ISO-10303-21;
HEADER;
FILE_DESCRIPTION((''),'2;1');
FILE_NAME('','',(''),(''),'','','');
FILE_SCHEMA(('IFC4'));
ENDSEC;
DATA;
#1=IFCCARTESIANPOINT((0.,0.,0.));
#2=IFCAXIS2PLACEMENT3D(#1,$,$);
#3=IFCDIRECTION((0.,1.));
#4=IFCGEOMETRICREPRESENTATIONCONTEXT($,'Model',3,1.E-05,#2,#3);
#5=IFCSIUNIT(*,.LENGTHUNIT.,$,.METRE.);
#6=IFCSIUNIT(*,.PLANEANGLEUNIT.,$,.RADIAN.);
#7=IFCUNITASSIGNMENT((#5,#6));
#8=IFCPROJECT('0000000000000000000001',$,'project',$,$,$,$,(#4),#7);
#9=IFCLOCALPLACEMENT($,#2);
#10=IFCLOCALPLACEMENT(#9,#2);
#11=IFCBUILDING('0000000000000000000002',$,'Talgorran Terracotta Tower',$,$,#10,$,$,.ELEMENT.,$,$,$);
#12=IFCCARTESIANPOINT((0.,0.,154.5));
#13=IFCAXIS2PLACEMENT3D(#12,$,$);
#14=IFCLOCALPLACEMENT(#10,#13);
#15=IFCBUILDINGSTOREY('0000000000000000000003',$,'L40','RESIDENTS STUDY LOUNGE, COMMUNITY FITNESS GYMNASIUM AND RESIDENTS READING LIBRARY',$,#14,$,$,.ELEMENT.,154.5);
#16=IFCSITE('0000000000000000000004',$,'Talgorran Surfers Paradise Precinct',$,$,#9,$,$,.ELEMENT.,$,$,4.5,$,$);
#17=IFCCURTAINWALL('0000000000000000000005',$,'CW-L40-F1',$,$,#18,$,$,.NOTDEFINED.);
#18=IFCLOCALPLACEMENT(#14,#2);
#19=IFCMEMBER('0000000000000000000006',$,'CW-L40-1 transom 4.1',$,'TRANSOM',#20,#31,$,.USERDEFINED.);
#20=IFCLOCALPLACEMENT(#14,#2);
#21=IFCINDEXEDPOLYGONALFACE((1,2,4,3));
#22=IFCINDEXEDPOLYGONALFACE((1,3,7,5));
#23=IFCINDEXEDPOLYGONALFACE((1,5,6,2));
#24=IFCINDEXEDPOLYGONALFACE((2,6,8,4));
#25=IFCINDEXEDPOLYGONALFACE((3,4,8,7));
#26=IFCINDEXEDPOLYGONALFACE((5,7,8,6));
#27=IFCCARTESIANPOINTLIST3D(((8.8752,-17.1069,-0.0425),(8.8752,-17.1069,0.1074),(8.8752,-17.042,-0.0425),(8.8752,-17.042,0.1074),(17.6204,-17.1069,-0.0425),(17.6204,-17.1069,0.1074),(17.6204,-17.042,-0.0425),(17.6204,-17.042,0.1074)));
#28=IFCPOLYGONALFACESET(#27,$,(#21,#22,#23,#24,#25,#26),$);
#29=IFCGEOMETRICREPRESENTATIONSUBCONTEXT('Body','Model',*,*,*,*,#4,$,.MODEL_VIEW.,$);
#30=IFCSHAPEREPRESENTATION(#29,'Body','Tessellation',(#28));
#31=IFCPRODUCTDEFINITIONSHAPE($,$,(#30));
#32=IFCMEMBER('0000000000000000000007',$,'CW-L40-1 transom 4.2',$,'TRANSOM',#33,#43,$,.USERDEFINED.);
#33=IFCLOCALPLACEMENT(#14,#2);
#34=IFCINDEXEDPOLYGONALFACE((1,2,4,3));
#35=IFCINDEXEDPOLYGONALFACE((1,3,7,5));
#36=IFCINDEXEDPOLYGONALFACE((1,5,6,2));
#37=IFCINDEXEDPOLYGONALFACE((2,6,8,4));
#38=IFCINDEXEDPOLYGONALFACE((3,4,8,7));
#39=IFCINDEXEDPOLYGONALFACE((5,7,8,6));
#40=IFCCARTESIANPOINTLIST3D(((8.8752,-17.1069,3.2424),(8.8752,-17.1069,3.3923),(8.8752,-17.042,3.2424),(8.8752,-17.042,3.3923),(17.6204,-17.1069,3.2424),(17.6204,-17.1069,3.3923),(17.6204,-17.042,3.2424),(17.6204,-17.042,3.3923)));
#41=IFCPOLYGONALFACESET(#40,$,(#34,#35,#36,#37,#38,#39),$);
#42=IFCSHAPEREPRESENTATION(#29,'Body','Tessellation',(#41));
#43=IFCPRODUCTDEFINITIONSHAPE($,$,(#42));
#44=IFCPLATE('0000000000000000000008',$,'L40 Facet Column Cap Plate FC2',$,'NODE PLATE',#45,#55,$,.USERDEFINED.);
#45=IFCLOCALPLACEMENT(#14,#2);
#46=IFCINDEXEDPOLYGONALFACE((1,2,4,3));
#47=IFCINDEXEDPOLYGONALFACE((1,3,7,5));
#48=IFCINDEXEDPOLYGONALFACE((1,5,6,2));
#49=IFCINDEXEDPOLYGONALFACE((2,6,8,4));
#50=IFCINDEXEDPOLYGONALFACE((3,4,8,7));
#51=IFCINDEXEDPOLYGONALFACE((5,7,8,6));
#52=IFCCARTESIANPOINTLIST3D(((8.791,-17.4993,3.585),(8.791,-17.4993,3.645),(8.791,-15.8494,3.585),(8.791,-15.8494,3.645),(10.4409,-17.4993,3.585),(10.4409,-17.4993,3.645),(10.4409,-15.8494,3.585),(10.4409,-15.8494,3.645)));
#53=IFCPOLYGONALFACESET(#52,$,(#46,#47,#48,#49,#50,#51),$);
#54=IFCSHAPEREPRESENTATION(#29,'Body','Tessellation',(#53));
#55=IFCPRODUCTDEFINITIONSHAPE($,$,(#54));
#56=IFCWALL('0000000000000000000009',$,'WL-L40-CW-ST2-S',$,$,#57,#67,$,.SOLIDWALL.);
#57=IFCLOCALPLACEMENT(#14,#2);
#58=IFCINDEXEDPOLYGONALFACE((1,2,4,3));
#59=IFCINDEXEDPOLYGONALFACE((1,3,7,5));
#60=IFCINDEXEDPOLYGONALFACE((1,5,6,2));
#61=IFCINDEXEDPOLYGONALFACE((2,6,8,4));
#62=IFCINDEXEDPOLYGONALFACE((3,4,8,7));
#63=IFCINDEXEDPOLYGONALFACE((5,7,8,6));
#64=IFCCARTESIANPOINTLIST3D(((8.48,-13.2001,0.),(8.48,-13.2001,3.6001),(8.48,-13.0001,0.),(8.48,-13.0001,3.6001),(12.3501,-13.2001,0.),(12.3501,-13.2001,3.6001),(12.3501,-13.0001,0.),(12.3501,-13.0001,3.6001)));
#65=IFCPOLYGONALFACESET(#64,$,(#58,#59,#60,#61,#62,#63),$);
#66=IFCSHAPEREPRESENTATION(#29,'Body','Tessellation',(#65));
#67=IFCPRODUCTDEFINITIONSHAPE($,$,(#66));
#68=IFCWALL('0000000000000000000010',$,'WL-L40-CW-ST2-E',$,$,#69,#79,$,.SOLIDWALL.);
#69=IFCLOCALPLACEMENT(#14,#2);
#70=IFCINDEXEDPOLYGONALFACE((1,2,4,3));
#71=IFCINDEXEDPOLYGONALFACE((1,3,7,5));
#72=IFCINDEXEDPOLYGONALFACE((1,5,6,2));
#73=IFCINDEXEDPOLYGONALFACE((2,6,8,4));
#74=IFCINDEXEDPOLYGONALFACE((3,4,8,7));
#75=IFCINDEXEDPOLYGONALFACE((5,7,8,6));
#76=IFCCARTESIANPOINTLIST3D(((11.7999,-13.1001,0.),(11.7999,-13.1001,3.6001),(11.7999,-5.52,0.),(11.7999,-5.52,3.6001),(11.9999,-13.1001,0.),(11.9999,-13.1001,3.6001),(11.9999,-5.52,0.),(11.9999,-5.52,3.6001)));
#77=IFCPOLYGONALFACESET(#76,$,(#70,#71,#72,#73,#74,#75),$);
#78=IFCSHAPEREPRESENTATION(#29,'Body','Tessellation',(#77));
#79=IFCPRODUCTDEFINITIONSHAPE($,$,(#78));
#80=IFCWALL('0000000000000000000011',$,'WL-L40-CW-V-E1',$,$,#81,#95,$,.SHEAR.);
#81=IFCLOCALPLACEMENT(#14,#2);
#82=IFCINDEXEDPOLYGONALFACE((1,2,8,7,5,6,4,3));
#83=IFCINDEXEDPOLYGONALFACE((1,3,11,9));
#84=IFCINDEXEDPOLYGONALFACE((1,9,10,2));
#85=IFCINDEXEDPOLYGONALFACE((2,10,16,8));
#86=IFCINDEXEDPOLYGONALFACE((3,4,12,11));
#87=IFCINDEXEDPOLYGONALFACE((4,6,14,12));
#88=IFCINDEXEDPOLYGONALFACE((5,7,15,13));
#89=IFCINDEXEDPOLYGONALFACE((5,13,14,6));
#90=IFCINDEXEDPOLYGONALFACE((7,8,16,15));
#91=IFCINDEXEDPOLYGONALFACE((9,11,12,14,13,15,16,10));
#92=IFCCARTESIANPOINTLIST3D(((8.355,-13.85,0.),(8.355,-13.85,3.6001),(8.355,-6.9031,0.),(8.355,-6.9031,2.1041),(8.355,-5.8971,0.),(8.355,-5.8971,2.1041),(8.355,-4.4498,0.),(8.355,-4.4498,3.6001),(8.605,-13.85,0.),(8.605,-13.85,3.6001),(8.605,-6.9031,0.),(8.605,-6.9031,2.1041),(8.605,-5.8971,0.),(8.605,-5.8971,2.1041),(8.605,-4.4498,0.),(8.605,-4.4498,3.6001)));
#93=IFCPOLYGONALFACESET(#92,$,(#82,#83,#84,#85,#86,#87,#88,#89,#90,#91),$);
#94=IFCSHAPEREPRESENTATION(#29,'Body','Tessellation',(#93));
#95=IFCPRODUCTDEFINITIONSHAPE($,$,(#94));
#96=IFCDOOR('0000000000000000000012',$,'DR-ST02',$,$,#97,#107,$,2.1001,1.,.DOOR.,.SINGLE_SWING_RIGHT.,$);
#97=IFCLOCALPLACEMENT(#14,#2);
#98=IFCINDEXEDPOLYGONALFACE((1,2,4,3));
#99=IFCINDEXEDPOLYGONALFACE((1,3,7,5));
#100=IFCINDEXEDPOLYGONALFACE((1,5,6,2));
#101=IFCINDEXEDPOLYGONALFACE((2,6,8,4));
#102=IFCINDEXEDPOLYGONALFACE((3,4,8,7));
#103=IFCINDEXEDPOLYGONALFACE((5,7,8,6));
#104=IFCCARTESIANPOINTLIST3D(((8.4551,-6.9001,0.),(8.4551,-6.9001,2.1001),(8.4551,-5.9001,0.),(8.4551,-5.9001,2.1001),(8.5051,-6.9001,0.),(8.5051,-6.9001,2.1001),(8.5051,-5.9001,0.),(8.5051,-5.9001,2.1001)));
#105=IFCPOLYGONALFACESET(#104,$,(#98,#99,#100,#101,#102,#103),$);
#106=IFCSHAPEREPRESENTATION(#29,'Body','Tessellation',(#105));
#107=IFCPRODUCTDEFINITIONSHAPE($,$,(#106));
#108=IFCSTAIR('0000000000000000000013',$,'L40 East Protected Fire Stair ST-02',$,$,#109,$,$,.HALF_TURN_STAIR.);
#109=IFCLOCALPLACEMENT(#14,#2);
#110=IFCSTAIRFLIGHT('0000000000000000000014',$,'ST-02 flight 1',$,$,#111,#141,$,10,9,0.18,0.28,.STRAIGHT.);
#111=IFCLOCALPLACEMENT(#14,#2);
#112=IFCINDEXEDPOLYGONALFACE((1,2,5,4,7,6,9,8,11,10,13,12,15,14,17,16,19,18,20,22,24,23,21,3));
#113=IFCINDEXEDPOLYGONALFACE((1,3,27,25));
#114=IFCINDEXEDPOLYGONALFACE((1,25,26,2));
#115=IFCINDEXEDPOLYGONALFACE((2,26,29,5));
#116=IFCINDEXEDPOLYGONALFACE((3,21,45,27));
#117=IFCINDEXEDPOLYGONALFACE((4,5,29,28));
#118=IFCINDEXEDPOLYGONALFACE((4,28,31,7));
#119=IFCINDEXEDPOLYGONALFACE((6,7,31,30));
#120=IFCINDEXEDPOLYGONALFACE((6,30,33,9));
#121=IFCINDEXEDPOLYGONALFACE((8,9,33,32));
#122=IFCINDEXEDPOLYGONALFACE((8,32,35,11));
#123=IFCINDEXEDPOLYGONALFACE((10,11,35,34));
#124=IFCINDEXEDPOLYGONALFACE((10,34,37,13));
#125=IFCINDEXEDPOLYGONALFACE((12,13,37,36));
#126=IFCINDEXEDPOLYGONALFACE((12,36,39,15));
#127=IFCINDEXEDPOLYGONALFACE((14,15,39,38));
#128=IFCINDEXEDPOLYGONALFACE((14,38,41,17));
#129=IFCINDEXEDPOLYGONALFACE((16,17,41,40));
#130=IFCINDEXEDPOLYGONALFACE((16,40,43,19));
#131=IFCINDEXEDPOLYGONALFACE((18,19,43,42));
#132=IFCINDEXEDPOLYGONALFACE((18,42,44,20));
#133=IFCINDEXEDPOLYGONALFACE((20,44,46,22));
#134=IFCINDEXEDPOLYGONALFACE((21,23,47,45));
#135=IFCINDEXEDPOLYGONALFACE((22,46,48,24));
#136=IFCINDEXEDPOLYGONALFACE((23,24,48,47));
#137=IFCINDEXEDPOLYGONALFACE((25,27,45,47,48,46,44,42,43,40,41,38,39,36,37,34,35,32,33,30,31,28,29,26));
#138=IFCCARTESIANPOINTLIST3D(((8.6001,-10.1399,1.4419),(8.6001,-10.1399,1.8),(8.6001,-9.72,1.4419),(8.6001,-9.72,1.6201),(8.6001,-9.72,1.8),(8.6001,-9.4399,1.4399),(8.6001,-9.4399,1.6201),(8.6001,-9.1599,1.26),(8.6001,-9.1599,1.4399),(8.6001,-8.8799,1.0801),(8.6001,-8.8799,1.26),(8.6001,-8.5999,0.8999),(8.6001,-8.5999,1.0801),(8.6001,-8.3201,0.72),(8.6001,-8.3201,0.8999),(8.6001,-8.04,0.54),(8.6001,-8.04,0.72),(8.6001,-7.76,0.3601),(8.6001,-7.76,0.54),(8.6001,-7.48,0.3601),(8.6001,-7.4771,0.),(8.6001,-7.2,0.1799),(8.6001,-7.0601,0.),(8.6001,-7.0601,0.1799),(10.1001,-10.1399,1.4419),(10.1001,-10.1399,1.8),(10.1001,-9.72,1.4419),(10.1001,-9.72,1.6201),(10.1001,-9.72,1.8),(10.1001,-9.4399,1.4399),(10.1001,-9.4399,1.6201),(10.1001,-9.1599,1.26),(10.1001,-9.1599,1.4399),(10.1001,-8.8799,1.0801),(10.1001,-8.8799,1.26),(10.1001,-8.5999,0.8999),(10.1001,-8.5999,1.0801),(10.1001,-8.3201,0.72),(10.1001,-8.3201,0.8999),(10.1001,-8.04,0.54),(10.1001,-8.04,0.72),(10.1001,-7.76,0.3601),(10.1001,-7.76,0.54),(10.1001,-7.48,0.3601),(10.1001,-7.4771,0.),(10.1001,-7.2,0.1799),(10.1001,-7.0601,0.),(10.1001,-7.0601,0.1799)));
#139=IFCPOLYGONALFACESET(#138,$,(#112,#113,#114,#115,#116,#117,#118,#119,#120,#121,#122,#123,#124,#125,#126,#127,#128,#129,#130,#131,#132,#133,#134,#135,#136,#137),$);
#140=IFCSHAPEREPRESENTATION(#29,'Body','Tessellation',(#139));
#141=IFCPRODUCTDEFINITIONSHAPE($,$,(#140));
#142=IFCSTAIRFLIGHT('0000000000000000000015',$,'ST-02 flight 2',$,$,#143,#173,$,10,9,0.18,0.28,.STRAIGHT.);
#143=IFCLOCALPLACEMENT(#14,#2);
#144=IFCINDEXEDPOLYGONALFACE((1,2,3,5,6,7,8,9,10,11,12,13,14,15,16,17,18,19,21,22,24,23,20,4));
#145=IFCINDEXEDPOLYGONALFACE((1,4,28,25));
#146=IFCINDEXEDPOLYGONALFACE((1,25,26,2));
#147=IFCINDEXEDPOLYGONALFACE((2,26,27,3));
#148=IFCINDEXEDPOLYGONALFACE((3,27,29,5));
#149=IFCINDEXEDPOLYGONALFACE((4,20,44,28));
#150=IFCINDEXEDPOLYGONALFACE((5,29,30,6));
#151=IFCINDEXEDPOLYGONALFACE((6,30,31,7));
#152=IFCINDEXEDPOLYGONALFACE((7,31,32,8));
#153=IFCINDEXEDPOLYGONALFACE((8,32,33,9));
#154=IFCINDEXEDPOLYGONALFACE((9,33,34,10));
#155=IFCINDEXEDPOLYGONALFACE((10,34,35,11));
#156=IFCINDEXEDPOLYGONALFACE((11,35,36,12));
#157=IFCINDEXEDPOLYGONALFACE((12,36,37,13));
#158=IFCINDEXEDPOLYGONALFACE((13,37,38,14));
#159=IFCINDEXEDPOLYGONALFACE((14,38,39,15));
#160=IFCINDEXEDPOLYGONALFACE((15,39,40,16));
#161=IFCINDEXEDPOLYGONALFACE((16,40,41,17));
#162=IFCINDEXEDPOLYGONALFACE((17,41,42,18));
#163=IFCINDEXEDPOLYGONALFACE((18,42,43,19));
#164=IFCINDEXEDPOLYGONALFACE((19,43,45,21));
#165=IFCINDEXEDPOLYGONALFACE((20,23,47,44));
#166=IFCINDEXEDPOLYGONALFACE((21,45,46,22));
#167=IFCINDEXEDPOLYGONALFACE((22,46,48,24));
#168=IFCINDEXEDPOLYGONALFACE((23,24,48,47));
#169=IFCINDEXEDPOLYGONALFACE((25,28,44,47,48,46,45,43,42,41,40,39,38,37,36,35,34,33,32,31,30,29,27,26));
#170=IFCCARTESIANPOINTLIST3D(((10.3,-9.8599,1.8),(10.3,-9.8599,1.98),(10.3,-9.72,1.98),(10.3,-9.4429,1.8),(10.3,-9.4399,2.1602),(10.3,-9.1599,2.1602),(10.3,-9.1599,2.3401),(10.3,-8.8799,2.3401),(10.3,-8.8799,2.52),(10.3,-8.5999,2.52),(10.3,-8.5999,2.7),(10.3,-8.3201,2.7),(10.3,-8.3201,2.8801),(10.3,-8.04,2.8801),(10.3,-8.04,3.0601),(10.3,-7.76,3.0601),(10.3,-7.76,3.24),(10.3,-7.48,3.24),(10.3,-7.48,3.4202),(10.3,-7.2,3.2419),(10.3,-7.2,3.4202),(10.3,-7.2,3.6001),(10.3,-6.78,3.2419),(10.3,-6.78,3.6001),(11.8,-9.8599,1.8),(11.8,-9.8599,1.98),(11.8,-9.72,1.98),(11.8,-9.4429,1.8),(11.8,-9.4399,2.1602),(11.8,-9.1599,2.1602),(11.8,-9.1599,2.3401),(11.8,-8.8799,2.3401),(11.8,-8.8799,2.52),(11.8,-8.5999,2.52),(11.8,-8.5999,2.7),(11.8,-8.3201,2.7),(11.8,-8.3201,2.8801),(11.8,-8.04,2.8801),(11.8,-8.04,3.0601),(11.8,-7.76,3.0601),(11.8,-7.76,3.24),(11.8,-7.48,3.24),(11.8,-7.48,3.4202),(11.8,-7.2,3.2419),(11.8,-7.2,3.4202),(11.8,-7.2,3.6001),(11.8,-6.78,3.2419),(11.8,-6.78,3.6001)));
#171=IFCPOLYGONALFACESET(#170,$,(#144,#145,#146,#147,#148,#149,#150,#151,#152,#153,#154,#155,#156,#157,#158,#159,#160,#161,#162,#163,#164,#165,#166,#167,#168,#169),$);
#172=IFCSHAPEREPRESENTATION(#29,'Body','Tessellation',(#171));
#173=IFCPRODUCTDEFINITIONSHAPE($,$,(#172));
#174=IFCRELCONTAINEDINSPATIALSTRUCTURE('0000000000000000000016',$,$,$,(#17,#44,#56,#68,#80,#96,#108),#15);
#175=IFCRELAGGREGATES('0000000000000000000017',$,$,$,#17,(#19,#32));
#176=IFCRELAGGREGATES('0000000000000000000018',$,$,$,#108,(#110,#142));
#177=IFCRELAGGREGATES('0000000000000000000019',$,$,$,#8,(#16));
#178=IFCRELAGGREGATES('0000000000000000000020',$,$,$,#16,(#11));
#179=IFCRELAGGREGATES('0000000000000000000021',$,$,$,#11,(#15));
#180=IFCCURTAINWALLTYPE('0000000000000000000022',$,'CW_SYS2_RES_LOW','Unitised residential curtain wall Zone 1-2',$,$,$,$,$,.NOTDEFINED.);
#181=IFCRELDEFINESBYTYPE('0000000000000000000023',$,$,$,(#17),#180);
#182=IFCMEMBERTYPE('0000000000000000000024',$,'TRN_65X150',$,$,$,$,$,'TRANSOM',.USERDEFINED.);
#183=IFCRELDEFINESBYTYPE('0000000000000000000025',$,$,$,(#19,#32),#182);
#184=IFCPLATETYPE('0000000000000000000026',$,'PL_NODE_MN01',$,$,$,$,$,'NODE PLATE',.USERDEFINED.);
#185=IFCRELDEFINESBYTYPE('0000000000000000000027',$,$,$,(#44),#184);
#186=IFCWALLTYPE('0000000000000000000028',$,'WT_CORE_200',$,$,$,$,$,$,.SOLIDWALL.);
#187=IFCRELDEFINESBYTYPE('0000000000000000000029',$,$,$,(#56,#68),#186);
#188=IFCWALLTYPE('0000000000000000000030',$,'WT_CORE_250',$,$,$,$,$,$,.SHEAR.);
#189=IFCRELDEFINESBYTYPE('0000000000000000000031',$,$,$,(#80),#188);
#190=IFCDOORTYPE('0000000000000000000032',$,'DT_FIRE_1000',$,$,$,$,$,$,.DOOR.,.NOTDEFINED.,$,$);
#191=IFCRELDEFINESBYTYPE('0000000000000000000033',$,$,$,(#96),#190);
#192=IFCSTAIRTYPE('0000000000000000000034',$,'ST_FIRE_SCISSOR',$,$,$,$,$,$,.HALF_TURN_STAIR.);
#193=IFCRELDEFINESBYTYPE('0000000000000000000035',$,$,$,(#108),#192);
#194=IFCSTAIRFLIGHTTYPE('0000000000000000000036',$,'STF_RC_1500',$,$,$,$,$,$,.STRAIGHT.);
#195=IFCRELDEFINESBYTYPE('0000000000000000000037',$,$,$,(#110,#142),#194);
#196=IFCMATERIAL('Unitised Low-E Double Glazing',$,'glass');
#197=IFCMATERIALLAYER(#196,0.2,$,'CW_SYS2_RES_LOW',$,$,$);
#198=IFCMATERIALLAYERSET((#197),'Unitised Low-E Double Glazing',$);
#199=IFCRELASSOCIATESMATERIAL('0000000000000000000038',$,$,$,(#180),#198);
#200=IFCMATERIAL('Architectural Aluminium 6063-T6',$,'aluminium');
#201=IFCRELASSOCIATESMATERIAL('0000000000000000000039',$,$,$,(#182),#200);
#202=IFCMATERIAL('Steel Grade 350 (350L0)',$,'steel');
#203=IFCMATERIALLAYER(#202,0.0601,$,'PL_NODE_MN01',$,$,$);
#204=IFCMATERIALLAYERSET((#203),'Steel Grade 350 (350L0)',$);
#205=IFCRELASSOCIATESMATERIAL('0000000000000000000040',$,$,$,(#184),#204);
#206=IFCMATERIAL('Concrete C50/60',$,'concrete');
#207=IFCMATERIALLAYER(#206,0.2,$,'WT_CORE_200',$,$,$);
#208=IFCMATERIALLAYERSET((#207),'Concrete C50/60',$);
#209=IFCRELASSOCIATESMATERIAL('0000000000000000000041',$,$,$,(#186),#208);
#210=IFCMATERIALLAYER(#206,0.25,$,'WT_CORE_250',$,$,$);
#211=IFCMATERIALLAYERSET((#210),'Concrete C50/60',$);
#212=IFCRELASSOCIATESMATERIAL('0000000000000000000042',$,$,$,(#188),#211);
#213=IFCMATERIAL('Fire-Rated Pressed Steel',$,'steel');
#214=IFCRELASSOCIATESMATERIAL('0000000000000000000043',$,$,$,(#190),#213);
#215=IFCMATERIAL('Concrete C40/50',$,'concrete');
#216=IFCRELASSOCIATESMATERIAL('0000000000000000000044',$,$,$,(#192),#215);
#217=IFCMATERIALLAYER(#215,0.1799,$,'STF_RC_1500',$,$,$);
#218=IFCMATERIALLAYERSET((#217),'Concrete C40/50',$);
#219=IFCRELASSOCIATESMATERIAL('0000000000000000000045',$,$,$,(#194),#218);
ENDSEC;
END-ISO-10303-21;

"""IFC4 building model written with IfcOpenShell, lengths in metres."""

from ifc_helpers import new_model, si_unit, direction, frame, frame_2d, origin, origin_2d, place, context, subcontext, project, spatial, polyline, rectangle, outline, extrude, material, layer, layer_set, material_profile, profile_set, type_object, element, fill, aggregate, save


model = new_model("IFC4")

# Units and contexts
model_context = context("Model", 3, precision=1e-05, world=origin(), true_north=direction((0.0, 1.0)))
body_context = subcontext(model_context, "Body", "Model", "MODEL_VIEW")
ifc_project = project(units=[si_unit("LENGTHUNIT", "METRE"), si_unit("PLANEANGLEUNIT", "RADIAN")], contexts=[model_context])

# Site, building, storey
site_placement = place(None, origin())
site = spatial("IfcSite", under=ifc_project, at=site_placement, Name="Talgorran Surfers Paradise Precinct", CompositionType="ELEMENT", RefElevation=4.5)
building_placement = place(site_placement, origin())
building = spatial("IfcBuilding", under=site, at=building_placement, Name="Talgorran Terracotta Tower", CompositionType="ELEMENT")
storey_placement = place(building_placement, frame((0.0, 0.0, 154.5)))
storey = spatial("IfcBuildingStorey", under=building, at=storey_placement, Name="L40", Description="RESIDENTS STUDY LOUNGE, COMMUNITY FITNESS GYMNASIUM AND RESIDENTS READING LIBRARY", CompositionType="ELEMENT", Elevation=154.5)

# Shared definitions
ifc_material_1 = material(Name="Steel Grade 350 (350L0)", Category="steel")

# Curtain wall, members
ifc_material_2 = material(Name="Unitised Low-E Double Glazing", Category="glass")
ifc_layer_1 = layer(ifc_material_2, 0.2, Name="CW_SYS2_RES_LOW")
ifc_layer_set_1 = layer_set([ifc_layer_1], Name="Unitised Low-E Double Glazing")
curtain_wall_type = type_object("IfcCurtainWallType", Name="CW_SYS2_RES_LOW", Description="Unitised residential curtain wall Zone 1-2", PredefinedType="NOTDEFINED", material=ifc_layer_set_1)
curtain_wall_placement = place(storey_placement, origin())
curtain_wall = element("IfcCurtainWall", 1, at=curtain_wall_placement, inside=storey, type_object=curtain_wall_type, Name="CW-L40-F1", PredefinedType="NOTDEFINED")
ifc_material_3 = material(Name="Architectural Aluminium 6063-T6", Category="aluminium")
ifc_material_profile_1 = material_profile(ifc_material_3, rectangle(XDim=0.0649, YDim=0.1499, at=origin_2d()), Name="CWT65X150")
ifc_profile_set_1 = profile_set([ifc_material_profile_1], Name="Architectural Aluminium 6063-T6")
member_type_1 = type_object("IfcMemberType", Name="TRN_65X150", ElementType="TRANSOM", PredefinedType="USERDEFINED", material=ifc_profile_set_1)
member_1_placement = place(storey_placement, frame((8.8752, -17.0745, 0.0325), z_axis=(1.0, 0.0, 0.0), x_axis=(0.0, 1.0, 0.0)))
member_1 = element("IfcMember", 2, at=member_1_placement, type_object=member_type_1, Name="CW-L40-1 transom 4.1", ObjectType="TRANSOM", PredefinedType="USERDEFINED", context=body_context, shape_type="SweptSolid", body=[
    extrude(rectangle(XDim=0.0649, YDim=0.1499, at=origin_2d()), origin(), (0.0, 0.0, 1.0), 8.7451),
])
member_2_placement = place(storey_placement, frame((8.8752, -17.0745, 3.3174), z_axis=(1.0, 0.0, 0.0), x_axis=(0.0, 1.0, 0.0)))
member_2 = element("IfcMember", 3, at=member_2_placement, type_object=member_type_1, Name="CW-L40-1 transom 4.2", ObjectType="TRANSOM", PredefinedType="USERDEFINED", context=body_context, shape_type="SweptSolid", body=[
    extrude(rectangle(XDim=0.0649, YDim=0.1499, at=origin_2d()), origin(), (0.0, 0.0, 1.0), 8.7451),
])
aggregate(curtain_wall, [member_1, member_2])

# Plate
ifc_layer_2 = layer(ifc_material_1, 0.0601, Name="PL_NODE_MN01")
ifc_layer_set_2 = layer_set([ifc_layer_2], Name="Steel Grade 350 (350L0)")
plate_type = type_object("IfcPlateType", Name="PL_NODE_MN01", ElementType="NODE PLATE", PredefinedType="USERDEFINED", material=ifc_layer_set_2)
plate_placement = place(storey_placement, frame((9.616, -16.6743, 3.585), z_axis=(0.0, 0.0, 1.0), x_axis=(1.0, 0.0, 0.0)))
element("IfcPlate", 4, at=plate_placement, inside=storey, type_object=plate_type, Name="L40 Facet Column Cap Plate FC2", ObjectType="NODE PLATE", PredefinedType="USERDEFINED", context=body_context, shape_type="SweptSolid", body=[
    extrude(rectangle(XDim=1.6499, YDim=1.6499, at=origin_2d()), origin(), (0.0, 0.0, 1.0), 0.0601),
])

# Walls
ifc_material_4 = material(Name="Concrete C50/60", Category="concrete")
ifc_layer_3 = layer(ifc_material_4, 0.2, Name="WT_CORE_200")
ifc_layer_set_3 = layer_set([ifc_layer_3], Name="Concrete C50/60")
wall_type_1 = type_object("IfcWallType", Name="WT_CORE_200", PredefinedType="SOLIDWALL", material=ifc_layer_set_3)
wall_1_placement = place(storey_placement, frame((8.48, -13.1001, 0.0), z_axis=(0.0, 0.0, 1.0), x_axis=(1.0, 0.0, 0.0)))
element("IfcWall", 5, at=wall_1_placement, inside=storey, type_object=wall_type_1, Name="WL-L40-CW-ST2-S", PredefinedType="SOLIDWALL", context=body_context, shape_type="SweptSolid", body=[
    extrude(rectangle(XDim=3.8701, YDim=0.2, at=frame_2d((1.9351, 0.0))), origin(), (0.0, 0.0, 1.0), 3.6001),
])
wall_2_placement = place(storey_placement, frame((11.8999, -13.1001, 0.0), z_axis=(0.0, 0.0, 1.0), x_axis=(0.0, 1.0, 0.0)))
element("IfcWall", 6, at=wall_2_placement, inside=storey, type_object=wall_type_1, Name="WL-L40-CW-ST2-E", PredefinedType="SOLIDWALL", context=body_context, shape_type="SweptSolid", body=[
    extrude(rectangle(XDim=7.5801, YDim=0.2, at=frame_2d((3.79, 0.0))), origin(), (0.0, 0.0, 1.0), 3.6001),
])

# Wall, opening, door
ifc_layer_4 = layer(ifc_material_4, 0.25, Name="WT_CORE_250")
ifc_layer_set_4 = layer_set([ifc_layer_4], Name="Concrete C50/60")
wall_type_2 = type_object("IfcWallType", Name="WT_CORE_250", PredefinedType="SHEAR", material=ifc_layer_set_4)
wall_3_placement = place(storey_placement, frame((8.48, -13.8501, 0.0), z_axis=(0.0, 0.0, 1.0), x_axis=(0.0, 1.0, 0.0)))
wall_3 = element("IfcWall", 7, at=wall_3_placement, inside=storey, type_object=wall_type_2, Name="WL-L40-CW-V-E1", PredefinedType="SHEAR", context=body_context, shape_type="SweptSolid", body=[
    extrude(rectangle(XDim=9.4001, YDim=0.25, at=frame_2d((4.7002, 0.0))), origin(), (0.0, 0.0, 1.0), 3.6001),
])
opening_placement = place(wall_3_placement, frame((6.95, 0.0, 0.0)))
opening = element("IfcOpeningElement", 8, at=opening_placement, cuts=wall_3, PredefinedType="OPENING", context=body_context, shape_type="SweptSolid", body=[
    extrude(rectangle(XDim=1.006, YDim=2.1041, at=frame_2d((0.5, 1.052))), frame((0.0, 0.135, 0.0), z_axis=(0.0, -1.0, 0.0), x_axis=(1.0, 0.0, 0.0)), (0.0, 0.0, 1.0), 0.27),
])
ifc_material_5 = material(Name="Fire-Rated Pressed Steel", Category="steel")
door_type = type_object("IfcDoorType", Name="DT_FIRE_1000", OperationType="NOTDEFINED", PredefinedType="DOOR", material=ifc_material_5)
door_placement = place(opening_placement, origin())
door = element("IfcDoor", 9, at=door_placement, inside=storey, type_object=door_type, Name="DR-ST02", OperationType="SINGLE_SWING_RIGHT", OverallHeight=2.1001, OverallWidth=1.0, PredefinedType="DOOR", context=body_context, shape_type="SweptSolid", body=[
    extrude(rectangle(XDim=1.0, YDim=2.1001, at=frame_2d((0.5, 1.05))), frame((0.0, 0.0249, 0.0), z_axis=(0.0, -1.0, 0.0), x_axis=(1.0, 0.0, 0.0)), (0.0, 0.0, 1.0), 0.05),
])
fill(opening, door)

# Stair, stair flights
ifc_material_6 = material(Name="Concrete C40/50", Category="concrete")
stair_type = type_object("IfcStairType", Name="ST_FIRE_SCISSOR", PredefinedType="HALF_TURN_STAIR", material=ifc_material_6)
stair_placement = place(storey_placement, origin())
stair = element("IfcStair", 10, at=stair_placement, inside=storey, type_object=stair_type, Name="L40 East Protected Fire Stair ST-02", PredefinedType="HALF_TURN_STAIR")
ifc_layer_5 = layer(ifc_material_6, 0.1799, Name="STF_RC_1500")
ifc_layer_set_5 = layer_set([ifc_layer_5], Name="Concrete C40/50")
stair_flight_type = type_object("IfcStairFlightType", Name="STF_RC_1500", PredefinedType="STRAIGHT", material=ifc_layer_set_5)
stair_flight_1_placement = place(storey_placement, frame((9.3501, -7.2, 0.0), z_axis=(0.0, 0.0, 1.0), x_axis=(0.0, -1.0, 0.0)))
stair_flight_1 = element("IfcStairFlight", 11, at=stair_flight_1_placement, type_object=stair_flight_type, Name="ST-02 flight 1", NumberOfRisers=10, NumberOfTreads=9, PredefinedType="STRAIGHT", RiserHeight=0.18, TreadLength=0.28, context=body_context, shape_type="SweptSolid", body=[
    extrude(outline(polyline([(-0.1399, 0.0), (-0.1399, 0.1799), (0.0, 0.1799), (0.28, 0.3601), (0.5601, 0.3601), (0.5601, 0.54), (0.8401, 0.54), (0.8401, 0.72), (1.1201, 0.72), (1.1201, 0.8999), (1.3999, 0.8999), (1.3999, 1.0801), (1.6799, 1.0801), (1.6799, 1.26), (1.96, 1.26), (1.96, 1.4399), (2.24, 1.4399), (2.24, 1.6201), (2.52, 1.6201), (2.52, 1.8), (2.9399, 1.8), (2.9399, 1.4419), (2.52, 1.4419), (0.2771, 0.0), (-0.1399, 0.0)])), frame((0.0, 0.75, 0.0), z_axis=(0.0, -1.0, 0.0), x_axis=(1.0, 0.0, 0.0)), (0.0, 0.0, 1.0), 1.5),
])
stair_flight_2_placement = place(storey_placement, frame((11.05, -9.72, 1.8), z_axis=(0.0, 0.0, 1.0), x_axis=(0.0, 1.0, 0.0)))
stair_flight_2 = element("IfcStairFlight", 12, at=stair_flight_2_placement, type_object=stair_flight_type, Name="ST-02 flight 2", NumberOfRisers=10, NumberOfTreads=9, PredefinedType="STRAIGHT", RiserHeight=0.18, TreadLength=0.28, context=body_context, shape_type="SweptSolid", body=[
    extrude(outline(polyline([(-0.1399, 0.0), (-0.1399, 0.1799), (0.0, 0.1799), (0.28, 0.3601), (0.5601, 0.3601), (0.5601, 0.54), (0.8401, 0.54), (0.8401, 0.72), (1.1201, 0.72), (1.1201, 0.8999), (1.3999, 0.8999), (1.3999, 1.0801), (1.6799, 1.0801), (1.6799, 1.26), (1.96, 1.26), (1.96, 1.4399), (2.24, 1.4399), (2.24, 1.6201), (2.52, 1.6201), (2.52, 1.8), (2.9399, 1.8), (2.9399, 1.4419), (2.52, 1.4419), (0.2771, 0.0), (-0.1399, 0.0)])), frame((0.0, 0.75, 0.0), z_axis=(0.0, -1.0, 0.0), x_axis=(1.0, 0.0, 0.0)), (0.0, 0.0, 1.0), 1.5),
])
aggregate(stair, [stair_flight_1, stair_flight_2])

save(model, "model.ifc")
